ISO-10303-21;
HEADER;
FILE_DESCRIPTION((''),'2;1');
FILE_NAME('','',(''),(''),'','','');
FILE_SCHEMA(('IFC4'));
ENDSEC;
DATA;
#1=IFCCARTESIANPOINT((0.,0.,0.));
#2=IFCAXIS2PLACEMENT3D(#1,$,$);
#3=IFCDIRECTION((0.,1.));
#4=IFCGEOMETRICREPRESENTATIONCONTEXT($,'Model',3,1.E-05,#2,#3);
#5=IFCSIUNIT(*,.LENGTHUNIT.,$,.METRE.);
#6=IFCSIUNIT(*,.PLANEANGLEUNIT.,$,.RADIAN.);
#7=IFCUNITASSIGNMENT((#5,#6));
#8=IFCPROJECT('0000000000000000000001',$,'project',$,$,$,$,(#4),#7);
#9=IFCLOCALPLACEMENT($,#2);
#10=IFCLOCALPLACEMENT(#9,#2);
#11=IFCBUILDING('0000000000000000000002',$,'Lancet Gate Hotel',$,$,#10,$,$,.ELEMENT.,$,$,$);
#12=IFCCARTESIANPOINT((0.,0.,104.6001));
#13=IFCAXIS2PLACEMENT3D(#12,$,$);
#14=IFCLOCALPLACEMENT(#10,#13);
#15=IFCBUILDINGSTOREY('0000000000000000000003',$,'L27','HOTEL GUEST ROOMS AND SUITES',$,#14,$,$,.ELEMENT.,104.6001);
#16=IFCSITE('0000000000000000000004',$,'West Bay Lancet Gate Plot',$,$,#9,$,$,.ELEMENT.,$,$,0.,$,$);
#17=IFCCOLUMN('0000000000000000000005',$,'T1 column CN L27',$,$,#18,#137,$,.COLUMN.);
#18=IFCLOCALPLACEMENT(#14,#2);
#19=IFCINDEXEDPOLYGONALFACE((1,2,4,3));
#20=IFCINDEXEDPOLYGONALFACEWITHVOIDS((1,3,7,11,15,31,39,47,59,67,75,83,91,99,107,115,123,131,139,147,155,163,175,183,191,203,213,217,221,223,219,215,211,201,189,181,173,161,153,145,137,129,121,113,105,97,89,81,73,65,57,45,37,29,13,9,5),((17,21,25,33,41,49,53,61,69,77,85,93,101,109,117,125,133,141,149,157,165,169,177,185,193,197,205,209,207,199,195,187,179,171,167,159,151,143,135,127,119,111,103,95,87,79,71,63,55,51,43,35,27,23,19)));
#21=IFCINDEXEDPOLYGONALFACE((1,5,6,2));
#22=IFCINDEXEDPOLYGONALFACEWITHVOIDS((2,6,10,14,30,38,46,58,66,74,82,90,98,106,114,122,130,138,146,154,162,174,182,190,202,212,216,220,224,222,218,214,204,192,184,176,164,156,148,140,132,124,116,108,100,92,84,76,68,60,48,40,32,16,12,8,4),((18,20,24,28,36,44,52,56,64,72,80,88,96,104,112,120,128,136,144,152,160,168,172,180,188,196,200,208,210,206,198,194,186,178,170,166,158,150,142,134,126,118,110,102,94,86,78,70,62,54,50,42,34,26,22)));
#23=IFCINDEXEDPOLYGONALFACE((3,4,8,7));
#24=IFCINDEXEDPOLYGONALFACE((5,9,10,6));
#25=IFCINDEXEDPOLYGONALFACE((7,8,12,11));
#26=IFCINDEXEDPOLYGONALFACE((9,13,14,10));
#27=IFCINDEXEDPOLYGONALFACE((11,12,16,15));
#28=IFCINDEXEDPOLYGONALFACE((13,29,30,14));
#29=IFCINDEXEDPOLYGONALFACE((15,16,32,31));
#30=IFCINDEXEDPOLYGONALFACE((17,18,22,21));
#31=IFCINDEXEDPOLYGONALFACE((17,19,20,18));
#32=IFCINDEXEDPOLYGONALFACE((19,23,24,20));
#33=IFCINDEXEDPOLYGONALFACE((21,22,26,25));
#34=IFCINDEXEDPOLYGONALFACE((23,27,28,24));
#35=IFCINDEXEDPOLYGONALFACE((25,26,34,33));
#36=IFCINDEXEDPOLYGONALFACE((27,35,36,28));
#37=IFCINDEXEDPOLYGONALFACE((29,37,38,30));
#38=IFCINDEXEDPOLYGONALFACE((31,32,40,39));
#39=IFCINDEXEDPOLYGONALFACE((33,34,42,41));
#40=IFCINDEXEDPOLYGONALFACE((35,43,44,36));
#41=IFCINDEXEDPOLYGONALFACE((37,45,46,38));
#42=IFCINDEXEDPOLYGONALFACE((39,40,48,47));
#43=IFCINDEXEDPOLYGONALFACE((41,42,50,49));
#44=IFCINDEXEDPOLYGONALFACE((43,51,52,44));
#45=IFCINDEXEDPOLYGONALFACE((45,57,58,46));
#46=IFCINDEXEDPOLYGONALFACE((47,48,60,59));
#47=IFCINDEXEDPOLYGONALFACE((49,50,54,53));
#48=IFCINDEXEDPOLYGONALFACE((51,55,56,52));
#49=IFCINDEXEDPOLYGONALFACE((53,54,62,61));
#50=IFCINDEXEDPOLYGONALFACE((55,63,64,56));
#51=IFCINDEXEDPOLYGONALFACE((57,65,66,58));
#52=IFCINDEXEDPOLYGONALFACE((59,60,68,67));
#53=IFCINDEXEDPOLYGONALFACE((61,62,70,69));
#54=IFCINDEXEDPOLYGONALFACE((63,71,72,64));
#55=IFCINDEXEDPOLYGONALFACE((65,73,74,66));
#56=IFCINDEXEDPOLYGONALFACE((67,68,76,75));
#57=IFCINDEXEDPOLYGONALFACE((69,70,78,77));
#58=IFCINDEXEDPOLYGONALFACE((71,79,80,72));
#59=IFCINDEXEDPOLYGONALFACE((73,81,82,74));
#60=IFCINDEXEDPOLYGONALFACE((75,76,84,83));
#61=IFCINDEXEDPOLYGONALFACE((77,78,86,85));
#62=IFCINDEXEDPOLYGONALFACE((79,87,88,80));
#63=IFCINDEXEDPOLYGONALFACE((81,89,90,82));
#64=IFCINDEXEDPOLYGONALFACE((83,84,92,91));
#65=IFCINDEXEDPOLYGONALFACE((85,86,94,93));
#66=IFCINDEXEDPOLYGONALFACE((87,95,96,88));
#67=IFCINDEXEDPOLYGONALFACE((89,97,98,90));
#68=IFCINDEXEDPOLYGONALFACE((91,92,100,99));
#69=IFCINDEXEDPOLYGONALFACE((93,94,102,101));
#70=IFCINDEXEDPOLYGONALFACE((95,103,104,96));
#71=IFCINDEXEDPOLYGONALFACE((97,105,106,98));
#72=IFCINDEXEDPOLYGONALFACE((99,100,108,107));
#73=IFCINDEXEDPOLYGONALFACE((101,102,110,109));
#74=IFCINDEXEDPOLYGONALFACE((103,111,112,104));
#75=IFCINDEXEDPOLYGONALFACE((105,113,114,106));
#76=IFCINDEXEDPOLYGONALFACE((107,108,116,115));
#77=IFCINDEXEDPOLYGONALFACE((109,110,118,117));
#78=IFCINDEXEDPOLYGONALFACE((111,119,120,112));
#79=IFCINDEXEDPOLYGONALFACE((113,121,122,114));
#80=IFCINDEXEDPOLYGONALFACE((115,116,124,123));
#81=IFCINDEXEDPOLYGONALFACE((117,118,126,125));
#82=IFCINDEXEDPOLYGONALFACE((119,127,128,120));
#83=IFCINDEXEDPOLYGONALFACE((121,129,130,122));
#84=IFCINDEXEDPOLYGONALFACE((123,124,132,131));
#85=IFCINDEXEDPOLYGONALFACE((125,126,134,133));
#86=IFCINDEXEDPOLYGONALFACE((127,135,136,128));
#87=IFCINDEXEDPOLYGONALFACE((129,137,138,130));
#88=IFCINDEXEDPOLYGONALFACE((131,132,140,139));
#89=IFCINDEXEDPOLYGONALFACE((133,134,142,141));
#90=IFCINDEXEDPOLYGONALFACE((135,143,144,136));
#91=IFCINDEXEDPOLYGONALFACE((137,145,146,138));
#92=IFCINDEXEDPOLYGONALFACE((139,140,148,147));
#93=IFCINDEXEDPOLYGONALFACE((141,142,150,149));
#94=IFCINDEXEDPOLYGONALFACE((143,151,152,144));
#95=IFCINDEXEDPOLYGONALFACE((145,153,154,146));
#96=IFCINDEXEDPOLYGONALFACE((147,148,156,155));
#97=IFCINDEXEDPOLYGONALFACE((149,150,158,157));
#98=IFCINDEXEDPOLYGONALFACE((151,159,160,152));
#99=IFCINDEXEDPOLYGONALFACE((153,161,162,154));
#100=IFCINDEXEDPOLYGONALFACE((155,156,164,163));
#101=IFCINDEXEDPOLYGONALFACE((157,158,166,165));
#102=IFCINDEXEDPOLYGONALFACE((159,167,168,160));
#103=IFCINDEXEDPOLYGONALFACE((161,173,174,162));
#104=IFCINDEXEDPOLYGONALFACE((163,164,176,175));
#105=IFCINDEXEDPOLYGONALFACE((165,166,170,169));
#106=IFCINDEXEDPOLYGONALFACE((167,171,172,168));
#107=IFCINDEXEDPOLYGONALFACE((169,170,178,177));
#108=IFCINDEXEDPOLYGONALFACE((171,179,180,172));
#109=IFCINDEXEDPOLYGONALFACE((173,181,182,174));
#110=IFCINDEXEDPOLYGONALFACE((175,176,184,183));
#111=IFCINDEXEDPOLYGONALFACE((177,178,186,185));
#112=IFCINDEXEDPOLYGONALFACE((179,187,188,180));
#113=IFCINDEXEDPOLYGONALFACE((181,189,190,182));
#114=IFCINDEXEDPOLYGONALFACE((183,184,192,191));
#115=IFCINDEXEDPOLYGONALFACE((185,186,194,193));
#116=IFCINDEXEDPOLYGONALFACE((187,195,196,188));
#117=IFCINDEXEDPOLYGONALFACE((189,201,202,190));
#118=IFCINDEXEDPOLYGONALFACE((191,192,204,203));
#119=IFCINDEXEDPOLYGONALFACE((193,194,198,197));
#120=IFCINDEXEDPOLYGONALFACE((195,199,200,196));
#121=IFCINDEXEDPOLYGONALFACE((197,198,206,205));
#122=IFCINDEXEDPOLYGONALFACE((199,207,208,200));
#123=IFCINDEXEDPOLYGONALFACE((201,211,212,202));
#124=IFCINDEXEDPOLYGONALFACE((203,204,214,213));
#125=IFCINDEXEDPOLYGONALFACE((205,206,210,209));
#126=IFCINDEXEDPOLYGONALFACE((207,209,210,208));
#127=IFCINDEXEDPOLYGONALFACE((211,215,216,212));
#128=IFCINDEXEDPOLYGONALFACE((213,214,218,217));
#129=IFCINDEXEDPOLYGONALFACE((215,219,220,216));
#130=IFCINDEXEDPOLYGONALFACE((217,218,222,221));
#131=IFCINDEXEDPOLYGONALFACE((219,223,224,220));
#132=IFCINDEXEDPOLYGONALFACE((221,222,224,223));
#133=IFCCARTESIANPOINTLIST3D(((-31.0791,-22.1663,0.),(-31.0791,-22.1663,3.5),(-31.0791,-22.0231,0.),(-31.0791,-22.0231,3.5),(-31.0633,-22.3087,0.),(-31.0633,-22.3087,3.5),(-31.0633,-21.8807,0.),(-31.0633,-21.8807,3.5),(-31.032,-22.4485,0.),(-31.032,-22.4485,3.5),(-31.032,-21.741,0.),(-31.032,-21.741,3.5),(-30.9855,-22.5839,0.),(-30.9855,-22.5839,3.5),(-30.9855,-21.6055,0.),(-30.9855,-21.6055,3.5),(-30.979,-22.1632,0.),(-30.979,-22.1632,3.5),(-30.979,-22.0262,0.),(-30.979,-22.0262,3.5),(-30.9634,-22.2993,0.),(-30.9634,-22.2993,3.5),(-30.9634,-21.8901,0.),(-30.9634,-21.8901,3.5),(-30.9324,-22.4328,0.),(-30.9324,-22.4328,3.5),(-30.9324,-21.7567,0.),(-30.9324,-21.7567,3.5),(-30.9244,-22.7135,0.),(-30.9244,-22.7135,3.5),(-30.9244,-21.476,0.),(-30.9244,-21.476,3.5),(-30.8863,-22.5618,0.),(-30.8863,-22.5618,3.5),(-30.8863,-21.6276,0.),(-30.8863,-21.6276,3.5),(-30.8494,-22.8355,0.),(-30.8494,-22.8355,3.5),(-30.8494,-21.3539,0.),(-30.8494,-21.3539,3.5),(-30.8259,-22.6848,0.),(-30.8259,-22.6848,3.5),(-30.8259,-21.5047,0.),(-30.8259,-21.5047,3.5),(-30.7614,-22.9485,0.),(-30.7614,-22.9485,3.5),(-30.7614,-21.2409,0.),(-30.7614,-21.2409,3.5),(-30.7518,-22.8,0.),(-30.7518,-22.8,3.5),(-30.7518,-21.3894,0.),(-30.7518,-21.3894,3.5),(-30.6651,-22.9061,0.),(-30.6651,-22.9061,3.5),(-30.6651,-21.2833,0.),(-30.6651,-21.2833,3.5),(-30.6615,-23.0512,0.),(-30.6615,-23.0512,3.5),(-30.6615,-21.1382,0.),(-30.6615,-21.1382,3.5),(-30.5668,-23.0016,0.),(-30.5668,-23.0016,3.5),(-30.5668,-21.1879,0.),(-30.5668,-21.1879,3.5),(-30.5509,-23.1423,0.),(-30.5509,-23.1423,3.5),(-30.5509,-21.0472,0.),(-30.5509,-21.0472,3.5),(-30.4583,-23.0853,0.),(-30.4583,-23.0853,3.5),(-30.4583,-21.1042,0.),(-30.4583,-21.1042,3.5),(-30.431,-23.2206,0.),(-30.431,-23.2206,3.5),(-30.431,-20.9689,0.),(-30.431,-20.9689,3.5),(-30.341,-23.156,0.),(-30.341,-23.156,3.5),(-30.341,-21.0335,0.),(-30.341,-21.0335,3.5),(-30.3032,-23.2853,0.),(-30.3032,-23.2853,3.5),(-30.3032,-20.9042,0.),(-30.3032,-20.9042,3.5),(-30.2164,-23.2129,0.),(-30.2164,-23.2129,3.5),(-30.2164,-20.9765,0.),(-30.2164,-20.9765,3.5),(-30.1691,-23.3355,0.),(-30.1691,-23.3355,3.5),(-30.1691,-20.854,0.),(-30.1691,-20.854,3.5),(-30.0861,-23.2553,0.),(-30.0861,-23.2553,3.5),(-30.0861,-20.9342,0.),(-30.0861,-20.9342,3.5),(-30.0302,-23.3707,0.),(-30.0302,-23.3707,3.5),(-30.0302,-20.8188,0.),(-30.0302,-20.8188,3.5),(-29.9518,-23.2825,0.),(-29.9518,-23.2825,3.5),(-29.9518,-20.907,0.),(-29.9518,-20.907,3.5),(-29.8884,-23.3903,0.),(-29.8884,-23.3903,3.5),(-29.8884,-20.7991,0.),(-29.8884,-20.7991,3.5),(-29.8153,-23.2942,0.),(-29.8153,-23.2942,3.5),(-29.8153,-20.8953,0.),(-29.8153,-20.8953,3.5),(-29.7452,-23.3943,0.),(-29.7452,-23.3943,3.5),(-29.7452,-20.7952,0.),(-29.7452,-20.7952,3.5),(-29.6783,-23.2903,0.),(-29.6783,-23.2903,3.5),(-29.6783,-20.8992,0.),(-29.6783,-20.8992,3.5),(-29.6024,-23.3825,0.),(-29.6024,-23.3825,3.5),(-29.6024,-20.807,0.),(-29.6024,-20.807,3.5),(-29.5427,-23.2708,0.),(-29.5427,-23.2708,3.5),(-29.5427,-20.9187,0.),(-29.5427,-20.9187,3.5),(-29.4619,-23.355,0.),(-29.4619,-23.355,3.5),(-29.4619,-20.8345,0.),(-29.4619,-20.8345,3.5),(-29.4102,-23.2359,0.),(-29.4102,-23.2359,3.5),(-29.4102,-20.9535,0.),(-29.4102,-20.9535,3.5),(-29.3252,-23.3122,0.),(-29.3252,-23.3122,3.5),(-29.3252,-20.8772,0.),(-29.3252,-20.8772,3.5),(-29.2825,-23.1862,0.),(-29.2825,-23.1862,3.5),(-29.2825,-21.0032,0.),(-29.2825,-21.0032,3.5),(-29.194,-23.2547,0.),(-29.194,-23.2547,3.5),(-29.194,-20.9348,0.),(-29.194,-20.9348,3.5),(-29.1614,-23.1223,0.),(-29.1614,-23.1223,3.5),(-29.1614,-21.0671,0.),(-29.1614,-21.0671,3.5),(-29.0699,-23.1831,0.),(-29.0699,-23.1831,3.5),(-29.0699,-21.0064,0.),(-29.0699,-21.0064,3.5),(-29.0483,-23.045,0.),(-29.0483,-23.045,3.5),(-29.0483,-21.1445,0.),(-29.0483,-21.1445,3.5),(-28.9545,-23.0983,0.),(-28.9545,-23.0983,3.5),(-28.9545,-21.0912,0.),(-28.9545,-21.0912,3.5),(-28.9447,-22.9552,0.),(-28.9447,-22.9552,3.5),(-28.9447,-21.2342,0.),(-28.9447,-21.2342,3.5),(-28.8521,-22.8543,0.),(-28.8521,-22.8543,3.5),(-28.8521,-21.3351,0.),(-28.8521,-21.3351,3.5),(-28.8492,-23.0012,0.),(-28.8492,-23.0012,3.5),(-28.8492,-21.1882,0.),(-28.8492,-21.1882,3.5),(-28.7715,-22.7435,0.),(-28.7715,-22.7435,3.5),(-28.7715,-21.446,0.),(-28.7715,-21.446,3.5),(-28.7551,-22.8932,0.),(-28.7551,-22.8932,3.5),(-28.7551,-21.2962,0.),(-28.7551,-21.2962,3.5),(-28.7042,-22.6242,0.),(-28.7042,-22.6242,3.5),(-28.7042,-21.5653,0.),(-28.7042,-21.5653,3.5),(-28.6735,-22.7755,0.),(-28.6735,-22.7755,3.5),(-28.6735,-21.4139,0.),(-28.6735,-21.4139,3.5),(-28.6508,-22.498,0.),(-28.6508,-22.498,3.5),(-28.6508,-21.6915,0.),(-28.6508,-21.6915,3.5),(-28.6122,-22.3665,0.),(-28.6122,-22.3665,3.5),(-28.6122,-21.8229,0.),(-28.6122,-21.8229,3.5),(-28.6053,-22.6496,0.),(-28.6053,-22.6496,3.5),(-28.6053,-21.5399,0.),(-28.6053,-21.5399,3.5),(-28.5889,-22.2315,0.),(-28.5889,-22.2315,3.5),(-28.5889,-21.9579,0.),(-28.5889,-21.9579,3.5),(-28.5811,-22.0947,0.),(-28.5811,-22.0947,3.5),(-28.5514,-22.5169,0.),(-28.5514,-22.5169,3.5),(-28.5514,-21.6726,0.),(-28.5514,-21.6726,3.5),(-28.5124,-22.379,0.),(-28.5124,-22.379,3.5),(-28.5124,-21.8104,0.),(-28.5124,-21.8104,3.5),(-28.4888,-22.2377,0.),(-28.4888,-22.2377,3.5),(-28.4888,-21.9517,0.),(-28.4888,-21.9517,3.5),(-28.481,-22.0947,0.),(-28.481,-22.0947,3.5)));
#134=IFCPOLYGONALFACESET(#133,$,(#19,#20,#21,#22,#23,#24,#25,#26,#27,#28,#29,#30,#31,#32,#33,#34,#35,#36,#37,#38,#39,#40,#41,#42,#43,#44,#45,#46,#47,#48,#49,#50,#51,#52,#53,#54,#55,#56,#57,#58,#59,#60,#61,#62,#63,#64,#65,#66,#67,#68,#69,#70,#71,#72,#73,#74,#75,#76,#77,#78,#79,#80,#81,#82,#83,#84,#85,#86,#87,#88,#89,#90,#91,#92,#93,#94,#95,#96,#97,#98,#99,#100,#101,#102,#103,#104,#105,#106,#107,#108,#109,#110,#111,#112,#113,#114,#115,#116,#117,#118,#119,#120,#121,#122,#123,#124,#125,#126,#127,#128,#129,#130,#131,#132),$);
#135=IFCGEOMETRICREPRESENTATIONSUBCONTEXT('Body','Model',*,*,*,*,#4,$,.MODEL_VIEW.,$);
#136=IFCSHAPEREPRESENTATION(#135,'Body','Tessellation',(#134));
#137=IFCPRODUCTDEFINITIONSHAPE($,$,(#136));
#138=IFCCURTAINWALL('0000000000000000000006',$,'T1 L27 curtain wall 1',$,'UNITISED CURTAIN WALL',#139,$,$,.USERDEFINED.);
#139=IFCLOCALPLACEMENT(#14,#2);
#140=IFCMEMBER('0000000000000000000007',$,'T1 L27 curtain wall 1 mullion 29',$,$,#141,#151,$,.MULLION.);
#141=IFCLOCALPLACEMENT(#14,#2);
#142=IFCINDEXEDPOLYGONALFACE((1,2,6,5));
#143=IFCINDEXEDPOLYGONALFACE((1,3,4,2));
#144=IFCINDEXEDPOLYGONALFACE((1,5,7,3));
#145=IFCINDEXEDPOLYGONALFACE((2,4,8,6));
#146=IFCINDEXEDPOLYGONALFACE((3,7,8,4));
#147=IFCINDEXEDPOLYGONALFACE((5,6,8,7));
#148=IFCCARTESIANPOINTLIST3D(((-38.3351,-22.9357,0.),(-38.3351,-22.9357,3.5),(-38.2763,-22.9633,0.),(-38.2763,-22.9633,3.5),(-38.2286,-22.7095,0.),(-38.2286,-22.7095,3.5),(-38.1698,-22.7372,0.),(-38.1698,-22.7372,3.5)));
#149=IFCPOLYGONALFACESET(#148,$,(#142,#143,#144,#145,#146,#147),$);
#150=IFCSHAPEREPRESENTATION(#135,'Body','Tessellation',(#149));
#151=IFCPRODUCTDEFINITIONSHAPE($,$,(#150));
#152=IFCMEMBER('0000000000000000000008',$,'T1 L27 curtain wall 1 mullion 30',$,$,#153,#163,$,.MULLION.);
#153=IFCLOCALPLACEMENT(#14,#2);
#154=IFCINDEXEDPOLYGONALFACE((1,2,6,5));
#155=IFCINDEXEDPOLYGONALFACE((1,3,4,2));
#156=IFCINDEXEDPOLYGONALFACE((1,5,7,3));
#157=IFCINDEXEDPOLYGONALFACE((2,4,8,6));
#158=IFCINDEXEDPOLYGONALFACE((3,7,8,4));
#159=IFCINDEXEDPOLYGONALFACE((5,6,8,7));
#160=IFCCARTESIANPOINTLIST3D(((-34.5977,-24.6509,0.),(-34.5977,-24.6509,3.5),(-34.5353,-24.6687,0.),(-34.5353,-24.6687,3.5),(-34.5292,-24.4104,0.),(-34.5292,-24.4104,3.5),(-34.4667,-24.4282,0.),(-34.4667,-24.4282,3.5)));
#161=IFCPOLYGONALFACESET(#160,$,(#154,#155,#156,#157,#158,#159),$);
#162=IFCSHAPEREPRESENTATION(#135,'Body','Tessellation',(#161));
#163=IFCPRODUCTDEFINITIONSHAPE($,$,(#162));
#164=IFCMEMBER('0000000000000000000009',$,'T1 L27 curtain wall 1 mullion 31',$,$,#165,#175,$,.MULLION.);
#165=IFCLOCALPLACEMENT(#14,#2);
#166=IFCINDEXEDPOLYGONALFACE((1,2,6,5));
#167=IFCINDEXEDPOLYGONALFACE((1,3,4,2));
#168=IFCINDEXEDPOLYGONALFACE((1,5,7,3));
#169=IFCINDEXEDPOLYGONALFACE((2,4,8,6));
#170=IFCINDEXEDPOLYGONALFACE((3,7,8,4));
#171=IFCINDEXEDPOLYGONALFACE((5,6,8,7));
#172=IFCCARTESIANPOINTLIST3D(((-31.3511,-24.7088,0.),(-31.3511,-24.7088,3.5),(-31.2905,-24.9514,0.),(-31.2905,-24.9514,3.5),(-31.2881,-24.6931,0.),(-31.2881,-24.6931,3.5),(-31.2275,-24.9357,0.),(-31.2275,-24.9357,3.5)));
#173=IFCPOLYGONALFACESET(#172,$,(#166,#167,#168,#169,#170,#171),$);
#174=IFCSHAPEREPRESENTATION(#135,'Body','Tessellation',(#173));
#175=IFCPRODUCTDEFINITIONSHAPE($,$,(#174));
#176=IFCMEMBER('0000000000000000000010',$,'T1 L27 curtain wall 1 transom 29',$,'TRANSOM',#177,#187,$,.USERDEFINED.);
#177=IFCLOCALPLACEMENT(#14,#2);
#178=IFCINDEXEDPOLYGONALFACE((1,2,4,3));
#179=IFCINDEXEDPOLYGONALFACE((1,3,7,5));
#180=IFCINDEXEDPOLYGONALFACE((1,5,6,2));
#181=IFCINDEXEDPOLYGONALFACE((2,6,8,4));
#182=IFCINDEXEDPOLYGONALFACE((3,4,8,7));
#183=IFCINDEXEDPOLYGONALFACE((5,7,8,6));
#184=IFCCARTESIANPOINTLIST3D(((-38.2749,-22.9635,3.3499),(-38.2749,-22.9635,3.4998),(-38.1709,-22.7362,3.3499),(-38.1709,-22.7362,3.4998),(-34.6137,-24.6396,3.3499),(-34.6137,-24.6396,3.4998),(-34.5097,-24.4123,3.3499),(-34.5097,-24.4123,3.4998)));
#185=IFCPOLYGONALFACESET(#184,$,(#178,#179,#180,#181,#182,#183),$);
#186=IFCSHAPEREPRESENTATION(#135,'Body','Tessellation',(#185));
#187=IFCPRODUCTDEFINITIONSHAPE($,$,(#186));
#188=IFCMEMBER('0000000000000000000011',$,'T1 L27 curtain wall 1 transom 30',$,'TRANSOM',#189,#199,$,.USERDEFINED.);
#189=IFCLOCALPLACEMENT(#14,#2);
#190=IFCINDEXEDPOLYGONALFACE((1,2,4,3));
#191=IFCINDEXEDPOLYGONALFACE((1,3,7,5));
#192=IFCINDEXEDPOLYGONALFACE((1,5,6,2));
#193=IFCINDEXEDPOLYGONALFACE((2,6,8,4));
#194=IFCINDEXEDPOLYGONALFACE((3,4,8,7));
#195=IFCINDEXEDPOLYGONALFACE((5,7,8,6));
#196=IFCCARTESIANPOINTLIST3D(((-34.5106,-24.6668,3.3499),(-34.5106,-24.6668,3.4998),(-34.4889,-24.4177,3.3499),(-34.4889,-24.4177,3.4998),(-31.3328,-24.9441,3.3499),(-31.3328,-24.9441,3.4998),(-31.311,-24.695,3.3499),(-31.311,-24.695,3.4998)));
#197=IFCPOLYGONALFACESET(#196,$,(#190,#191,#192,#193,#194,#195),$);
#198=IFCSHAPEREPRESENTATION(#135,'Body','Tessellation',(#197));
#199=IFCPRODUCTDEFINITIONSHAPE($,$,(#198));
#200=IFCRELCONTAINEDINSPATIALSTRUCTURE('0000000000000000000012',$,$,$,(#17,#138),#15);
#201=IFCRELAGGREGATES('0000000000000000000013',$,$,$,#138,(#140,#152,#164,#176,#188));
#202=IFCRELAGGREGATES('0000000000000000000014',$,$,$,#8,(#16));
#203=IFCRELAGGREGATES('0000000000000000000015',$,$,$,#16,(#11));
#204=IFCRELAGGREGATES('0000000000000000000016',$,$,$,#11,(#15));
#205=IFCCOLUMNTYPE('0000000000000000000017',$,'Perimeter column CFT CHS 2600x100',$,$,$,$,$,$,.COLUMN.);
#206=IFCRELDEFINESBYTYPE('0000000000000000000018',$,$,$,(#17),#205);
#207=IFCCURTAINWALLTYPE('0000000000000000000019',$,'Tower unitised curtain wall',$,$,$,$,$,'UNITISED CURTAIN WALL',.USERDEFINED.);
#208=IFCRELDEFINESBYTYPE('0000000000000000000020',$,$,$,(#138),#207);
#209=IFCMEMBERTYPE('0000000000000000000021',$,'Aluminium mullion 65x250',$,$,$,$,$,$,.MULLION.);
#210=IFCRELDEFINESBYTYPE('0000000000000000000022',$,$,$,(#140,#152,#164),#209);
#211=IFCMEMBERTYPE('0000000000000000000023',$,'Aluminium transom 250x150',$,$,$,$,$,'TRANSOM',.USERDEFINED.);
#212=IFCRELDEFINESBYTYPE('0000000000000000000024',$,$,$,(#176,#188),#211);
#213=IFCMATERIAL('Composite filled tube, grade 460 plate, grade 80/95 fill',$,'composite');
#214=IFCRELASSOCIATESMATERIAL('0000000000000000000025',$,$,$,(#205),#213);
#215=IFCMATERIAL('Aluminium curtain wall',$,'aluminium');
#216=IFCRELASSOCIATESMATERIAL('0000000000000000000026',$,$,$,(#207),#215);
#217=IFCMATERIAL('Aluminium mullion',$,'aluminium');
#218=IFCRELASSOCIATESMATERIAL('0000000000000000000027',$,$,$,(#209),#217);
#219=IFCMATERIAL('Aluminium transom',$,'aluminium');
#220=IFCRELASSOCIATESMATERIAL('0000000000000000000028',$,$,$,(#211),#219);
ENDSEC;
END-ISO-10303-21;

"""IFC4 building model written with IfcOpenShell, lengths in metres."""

from ifc_helpers import new_model, si_unit, direction, frame, origin, origin_2d, place, context, subcontext, project, spatial, rectangle, hollow_circle, extrude, material, material_profile, profile_set, type_object, element, aggregate, save


model = new_model("IFC4")

# Units and contexts
model_context = context("Model", 3, precision=1e-05, world=origin(), true_north=direction((0.0, 1.0)))
body_context = subcontext(model_context, "Body", "Model", "MODEL_VIEW")
ifc_project = project(units=[si_unit("LENGTHUNIT", "METRE"), si_unit("PLANEANGLEUNIT", "RADIAN")], contexts=[model_context])

# Site, building, storey
site_placement = place(None, origin())
site = spatial("IfcSite", under=ifc_project, at=site_placement, Name="West Bay Lancet Gate Plot", CompositionType="ELEMENT", RefElevation=0.0)
building_placement = place(site_placement, origin())
building = spatial("IfcBuilding", under=site, at=building_placement, Name="Lancet Gate Hotel", CompositionType="ELEMENT")
storey_placement = place(building_placement, frame((0.0, 0.0, 104.6001)))
storey = spatial("IfcBuildingStorey", under=building, at=storey_placement, Name="L27", Description="HOTEL GUEST ROOMS AND SUITES", CompositionType="ELEMENT", Elevation=104.6001)

# Column
ifc_material_1 = material(Name="Composite filled tube, grade 460 plate, grade 80/95 fill", Category="composite")
ifc_material_profile_1 = material_profile(ifc_material_1, hollow_circle(Radius=1.3, WallThickness=0.1001, at=origin_2d()), Name="CHS 2600x100")
ifc_profile_set_1 = profile_set([ifc_material_profile_1], Name="Composite filled tube, grade 460 plate, grade 80/95 fill")
column_type = type_object("IfcColumnType", Name="Perimeter column CFT CHS 2600x100", PredefinedType="COLUMN", material=ifc_profile_set_1)
column_placement = place(storey_placement, frame((-29.781, -22.0947, 0.0), z_axis=(0.0, 0.0, 1.0), x_axis=(1.0, 0.0, 0.0)))
element("IfcColumn", 1, at=column_placement, inside=storey, type_object=column_type, Name="T1 column CN L27", PredefinedType="COLUMN", context=body_context, shape_type="SweptSolid", body=[
    extrude(hollow_circle(Radius=1.3, WallThickness=0.1001, at=origin_2d()), origin(), (0.0, 0.0, 1.0), 3.5),
])

# Curtain wall, members
ifc_material_2 = material(Name="Aluminium curtain wall", Category="aluminium")
curtain_wall_type = type_object("IfcCurtainWallType", Name="Tower unitised curtain wall", ElementType="UNITISED CURTAIN WALL", PredefinedType="USERDEFINED", material=ifc_material_2)
curtain_wall_placement = place(storey_placement, origin())
curtain_wall = element("IfcCurtainWall", 2, at=curtain_wall_placement, inside=storey, type_object=curtain_wall_type, Name="T1 L27 curtain wall 1", ObjectType="UNITISED CURTAIN WALL", PredefinedType="USERDEFINED")
ifc_material_3 = material(Name="Aluminium mullion", Category="aluminium")
ifc_material_profile_2 = material_profile(ifc_material_3, rectangle(XDim=0.0649, YDim=0.25, at=origin_2d()), Name="MULLION 65x250")
ifc_profile_set_2 = profile_set([ifc_material_profile_2], Name="Aluminium mullion")
member_type_1 = type_object("IfcMemberType", Name="Aluminium mullion 65x250", PredefinedType="MULLION", material=ifc_profile_set_2)
member_1_placement = place(storey_placement, frame((-38.2524, -22.8364, 0.0), z_axis=(0.0, 0.0, 1.0), x_axis=(0.90472, -0.426008, 0.0)))
member_1 = element("IfcMember", 3, at=member_1_placement, type_object=member_type_1, Name="T1 L27 curtain wall 1 mullion 29", PredefinedType="MULLION", context=body_context, shape_type="SweptSolid", body=[
    extrude(rectangle(XDim=0.0649, YDim=0.25, at=origin_2d()), origin(), (0.0, 0.0, 1.0), 3.5),
])
member_2_placement = place(storey_placement, frame((-34.5322, -24.5396, 0.0), z_axis=(0.0, 0.0, 1.0), x_axis=(0.961653, -0.274268, 0.0)))
member_2 = element("IfcMember", 4, at=member_2_placement, type_object=member_type_1, Name="T1 L27 curtain wall 1 mullion 30", PredefinedType="MULLION", context=body_context, shape_type="SweptSolid", body=[
    extrude(rectangle(XDim=0.0649, YDim=0.25, at=origin_2d()), origin(), (0.0, 0.0, 1.0), 3.5),
])
member_3_placement = place(storey_placement, frame((-31.2893, -24.8223, 0.0), z_axis=(0.0, 0.0, 1.0), x_axis=(0.970242, 0.242137, 0.0)))
member_3 = element("IfcMember", 5, at=member_3_placement, type_object=member_type_1, Name="T1 L27 curtain wall 1 mullion 31", PredefinedType="MULLION", context=body_context, shape_type="SweptSolid", body=[
    extrude(rectangle(XDim=0.0649, YDim=0.25, at=origin_2d()), origin(), (0.0, 0.0, 1.0), 3.5),
])
ifc_material_4 = material(Name="Aluminium transom", Category="aluminium")
ifc_material_profile_3 = material_profile(ifc_material_4, rectangle(XDim=0.25, YDim=0.1499, at=origin_2d()), Name="TRANSOM 250x150")
ifc_profile_set_3 = profile_set([ifc_material_profile_3], Name="Aluminium transom")
member_type_2 = type_object("IfcMemberType", Name="Aluminium transom 250x150", ElementType="TRANSOM", PredefinedType="USERDEFINED", material=ifc_profile_set_3)
member_4_placement = place(storey_placement, frame((-38.2229, -22.8499, 3.4248), z_axis=(0.909252, -0.416245, 0.0), x_axis=(0.416245, 0.909252, 0.0)))
member_4 = element("IfcMember", 6, at=member_4_placement, type_object=member_type_2, Name="T1 L27 curtain wall 1 transom 29", ObjectType="TRANSOM", PredefinedType="USERDEFINED", context=body_context, shape_type="SweptSolid", body=[
    extrude(rectangle(XDim=0.25, YDim=0.1499, at=origin_2d()), origin(), (0.0, 0.0, 1.0), 4.0266),
])
member_5_placement = place(storey_placement, frame((-34.4998, -24.5422, 3.4248), z_axis=(0.996214, -0.08694, 0.0), x_axis=(0.08694, 0.996214, 0.0)))
member_5 = element("IfcMember", 7, at=member_5_placement, type_object=member_type_2, Name="T1 L27 curtain wall 1 transom 30", ObjectType="TRANSOM", PredefinedType="USERDEFINED", context=body_context, shape_type="SweptSolid", body=[
    extrude(rectangle(XDim=0.25, YDim=0.1499, at=origin_2d()), origin(), (0.0, 0.0, 1.0), 3.1899),
])

aggregate(curtain_wall, [member_1, member_2, member_3, member_4, member_5])

save(model, "model.ifc")
